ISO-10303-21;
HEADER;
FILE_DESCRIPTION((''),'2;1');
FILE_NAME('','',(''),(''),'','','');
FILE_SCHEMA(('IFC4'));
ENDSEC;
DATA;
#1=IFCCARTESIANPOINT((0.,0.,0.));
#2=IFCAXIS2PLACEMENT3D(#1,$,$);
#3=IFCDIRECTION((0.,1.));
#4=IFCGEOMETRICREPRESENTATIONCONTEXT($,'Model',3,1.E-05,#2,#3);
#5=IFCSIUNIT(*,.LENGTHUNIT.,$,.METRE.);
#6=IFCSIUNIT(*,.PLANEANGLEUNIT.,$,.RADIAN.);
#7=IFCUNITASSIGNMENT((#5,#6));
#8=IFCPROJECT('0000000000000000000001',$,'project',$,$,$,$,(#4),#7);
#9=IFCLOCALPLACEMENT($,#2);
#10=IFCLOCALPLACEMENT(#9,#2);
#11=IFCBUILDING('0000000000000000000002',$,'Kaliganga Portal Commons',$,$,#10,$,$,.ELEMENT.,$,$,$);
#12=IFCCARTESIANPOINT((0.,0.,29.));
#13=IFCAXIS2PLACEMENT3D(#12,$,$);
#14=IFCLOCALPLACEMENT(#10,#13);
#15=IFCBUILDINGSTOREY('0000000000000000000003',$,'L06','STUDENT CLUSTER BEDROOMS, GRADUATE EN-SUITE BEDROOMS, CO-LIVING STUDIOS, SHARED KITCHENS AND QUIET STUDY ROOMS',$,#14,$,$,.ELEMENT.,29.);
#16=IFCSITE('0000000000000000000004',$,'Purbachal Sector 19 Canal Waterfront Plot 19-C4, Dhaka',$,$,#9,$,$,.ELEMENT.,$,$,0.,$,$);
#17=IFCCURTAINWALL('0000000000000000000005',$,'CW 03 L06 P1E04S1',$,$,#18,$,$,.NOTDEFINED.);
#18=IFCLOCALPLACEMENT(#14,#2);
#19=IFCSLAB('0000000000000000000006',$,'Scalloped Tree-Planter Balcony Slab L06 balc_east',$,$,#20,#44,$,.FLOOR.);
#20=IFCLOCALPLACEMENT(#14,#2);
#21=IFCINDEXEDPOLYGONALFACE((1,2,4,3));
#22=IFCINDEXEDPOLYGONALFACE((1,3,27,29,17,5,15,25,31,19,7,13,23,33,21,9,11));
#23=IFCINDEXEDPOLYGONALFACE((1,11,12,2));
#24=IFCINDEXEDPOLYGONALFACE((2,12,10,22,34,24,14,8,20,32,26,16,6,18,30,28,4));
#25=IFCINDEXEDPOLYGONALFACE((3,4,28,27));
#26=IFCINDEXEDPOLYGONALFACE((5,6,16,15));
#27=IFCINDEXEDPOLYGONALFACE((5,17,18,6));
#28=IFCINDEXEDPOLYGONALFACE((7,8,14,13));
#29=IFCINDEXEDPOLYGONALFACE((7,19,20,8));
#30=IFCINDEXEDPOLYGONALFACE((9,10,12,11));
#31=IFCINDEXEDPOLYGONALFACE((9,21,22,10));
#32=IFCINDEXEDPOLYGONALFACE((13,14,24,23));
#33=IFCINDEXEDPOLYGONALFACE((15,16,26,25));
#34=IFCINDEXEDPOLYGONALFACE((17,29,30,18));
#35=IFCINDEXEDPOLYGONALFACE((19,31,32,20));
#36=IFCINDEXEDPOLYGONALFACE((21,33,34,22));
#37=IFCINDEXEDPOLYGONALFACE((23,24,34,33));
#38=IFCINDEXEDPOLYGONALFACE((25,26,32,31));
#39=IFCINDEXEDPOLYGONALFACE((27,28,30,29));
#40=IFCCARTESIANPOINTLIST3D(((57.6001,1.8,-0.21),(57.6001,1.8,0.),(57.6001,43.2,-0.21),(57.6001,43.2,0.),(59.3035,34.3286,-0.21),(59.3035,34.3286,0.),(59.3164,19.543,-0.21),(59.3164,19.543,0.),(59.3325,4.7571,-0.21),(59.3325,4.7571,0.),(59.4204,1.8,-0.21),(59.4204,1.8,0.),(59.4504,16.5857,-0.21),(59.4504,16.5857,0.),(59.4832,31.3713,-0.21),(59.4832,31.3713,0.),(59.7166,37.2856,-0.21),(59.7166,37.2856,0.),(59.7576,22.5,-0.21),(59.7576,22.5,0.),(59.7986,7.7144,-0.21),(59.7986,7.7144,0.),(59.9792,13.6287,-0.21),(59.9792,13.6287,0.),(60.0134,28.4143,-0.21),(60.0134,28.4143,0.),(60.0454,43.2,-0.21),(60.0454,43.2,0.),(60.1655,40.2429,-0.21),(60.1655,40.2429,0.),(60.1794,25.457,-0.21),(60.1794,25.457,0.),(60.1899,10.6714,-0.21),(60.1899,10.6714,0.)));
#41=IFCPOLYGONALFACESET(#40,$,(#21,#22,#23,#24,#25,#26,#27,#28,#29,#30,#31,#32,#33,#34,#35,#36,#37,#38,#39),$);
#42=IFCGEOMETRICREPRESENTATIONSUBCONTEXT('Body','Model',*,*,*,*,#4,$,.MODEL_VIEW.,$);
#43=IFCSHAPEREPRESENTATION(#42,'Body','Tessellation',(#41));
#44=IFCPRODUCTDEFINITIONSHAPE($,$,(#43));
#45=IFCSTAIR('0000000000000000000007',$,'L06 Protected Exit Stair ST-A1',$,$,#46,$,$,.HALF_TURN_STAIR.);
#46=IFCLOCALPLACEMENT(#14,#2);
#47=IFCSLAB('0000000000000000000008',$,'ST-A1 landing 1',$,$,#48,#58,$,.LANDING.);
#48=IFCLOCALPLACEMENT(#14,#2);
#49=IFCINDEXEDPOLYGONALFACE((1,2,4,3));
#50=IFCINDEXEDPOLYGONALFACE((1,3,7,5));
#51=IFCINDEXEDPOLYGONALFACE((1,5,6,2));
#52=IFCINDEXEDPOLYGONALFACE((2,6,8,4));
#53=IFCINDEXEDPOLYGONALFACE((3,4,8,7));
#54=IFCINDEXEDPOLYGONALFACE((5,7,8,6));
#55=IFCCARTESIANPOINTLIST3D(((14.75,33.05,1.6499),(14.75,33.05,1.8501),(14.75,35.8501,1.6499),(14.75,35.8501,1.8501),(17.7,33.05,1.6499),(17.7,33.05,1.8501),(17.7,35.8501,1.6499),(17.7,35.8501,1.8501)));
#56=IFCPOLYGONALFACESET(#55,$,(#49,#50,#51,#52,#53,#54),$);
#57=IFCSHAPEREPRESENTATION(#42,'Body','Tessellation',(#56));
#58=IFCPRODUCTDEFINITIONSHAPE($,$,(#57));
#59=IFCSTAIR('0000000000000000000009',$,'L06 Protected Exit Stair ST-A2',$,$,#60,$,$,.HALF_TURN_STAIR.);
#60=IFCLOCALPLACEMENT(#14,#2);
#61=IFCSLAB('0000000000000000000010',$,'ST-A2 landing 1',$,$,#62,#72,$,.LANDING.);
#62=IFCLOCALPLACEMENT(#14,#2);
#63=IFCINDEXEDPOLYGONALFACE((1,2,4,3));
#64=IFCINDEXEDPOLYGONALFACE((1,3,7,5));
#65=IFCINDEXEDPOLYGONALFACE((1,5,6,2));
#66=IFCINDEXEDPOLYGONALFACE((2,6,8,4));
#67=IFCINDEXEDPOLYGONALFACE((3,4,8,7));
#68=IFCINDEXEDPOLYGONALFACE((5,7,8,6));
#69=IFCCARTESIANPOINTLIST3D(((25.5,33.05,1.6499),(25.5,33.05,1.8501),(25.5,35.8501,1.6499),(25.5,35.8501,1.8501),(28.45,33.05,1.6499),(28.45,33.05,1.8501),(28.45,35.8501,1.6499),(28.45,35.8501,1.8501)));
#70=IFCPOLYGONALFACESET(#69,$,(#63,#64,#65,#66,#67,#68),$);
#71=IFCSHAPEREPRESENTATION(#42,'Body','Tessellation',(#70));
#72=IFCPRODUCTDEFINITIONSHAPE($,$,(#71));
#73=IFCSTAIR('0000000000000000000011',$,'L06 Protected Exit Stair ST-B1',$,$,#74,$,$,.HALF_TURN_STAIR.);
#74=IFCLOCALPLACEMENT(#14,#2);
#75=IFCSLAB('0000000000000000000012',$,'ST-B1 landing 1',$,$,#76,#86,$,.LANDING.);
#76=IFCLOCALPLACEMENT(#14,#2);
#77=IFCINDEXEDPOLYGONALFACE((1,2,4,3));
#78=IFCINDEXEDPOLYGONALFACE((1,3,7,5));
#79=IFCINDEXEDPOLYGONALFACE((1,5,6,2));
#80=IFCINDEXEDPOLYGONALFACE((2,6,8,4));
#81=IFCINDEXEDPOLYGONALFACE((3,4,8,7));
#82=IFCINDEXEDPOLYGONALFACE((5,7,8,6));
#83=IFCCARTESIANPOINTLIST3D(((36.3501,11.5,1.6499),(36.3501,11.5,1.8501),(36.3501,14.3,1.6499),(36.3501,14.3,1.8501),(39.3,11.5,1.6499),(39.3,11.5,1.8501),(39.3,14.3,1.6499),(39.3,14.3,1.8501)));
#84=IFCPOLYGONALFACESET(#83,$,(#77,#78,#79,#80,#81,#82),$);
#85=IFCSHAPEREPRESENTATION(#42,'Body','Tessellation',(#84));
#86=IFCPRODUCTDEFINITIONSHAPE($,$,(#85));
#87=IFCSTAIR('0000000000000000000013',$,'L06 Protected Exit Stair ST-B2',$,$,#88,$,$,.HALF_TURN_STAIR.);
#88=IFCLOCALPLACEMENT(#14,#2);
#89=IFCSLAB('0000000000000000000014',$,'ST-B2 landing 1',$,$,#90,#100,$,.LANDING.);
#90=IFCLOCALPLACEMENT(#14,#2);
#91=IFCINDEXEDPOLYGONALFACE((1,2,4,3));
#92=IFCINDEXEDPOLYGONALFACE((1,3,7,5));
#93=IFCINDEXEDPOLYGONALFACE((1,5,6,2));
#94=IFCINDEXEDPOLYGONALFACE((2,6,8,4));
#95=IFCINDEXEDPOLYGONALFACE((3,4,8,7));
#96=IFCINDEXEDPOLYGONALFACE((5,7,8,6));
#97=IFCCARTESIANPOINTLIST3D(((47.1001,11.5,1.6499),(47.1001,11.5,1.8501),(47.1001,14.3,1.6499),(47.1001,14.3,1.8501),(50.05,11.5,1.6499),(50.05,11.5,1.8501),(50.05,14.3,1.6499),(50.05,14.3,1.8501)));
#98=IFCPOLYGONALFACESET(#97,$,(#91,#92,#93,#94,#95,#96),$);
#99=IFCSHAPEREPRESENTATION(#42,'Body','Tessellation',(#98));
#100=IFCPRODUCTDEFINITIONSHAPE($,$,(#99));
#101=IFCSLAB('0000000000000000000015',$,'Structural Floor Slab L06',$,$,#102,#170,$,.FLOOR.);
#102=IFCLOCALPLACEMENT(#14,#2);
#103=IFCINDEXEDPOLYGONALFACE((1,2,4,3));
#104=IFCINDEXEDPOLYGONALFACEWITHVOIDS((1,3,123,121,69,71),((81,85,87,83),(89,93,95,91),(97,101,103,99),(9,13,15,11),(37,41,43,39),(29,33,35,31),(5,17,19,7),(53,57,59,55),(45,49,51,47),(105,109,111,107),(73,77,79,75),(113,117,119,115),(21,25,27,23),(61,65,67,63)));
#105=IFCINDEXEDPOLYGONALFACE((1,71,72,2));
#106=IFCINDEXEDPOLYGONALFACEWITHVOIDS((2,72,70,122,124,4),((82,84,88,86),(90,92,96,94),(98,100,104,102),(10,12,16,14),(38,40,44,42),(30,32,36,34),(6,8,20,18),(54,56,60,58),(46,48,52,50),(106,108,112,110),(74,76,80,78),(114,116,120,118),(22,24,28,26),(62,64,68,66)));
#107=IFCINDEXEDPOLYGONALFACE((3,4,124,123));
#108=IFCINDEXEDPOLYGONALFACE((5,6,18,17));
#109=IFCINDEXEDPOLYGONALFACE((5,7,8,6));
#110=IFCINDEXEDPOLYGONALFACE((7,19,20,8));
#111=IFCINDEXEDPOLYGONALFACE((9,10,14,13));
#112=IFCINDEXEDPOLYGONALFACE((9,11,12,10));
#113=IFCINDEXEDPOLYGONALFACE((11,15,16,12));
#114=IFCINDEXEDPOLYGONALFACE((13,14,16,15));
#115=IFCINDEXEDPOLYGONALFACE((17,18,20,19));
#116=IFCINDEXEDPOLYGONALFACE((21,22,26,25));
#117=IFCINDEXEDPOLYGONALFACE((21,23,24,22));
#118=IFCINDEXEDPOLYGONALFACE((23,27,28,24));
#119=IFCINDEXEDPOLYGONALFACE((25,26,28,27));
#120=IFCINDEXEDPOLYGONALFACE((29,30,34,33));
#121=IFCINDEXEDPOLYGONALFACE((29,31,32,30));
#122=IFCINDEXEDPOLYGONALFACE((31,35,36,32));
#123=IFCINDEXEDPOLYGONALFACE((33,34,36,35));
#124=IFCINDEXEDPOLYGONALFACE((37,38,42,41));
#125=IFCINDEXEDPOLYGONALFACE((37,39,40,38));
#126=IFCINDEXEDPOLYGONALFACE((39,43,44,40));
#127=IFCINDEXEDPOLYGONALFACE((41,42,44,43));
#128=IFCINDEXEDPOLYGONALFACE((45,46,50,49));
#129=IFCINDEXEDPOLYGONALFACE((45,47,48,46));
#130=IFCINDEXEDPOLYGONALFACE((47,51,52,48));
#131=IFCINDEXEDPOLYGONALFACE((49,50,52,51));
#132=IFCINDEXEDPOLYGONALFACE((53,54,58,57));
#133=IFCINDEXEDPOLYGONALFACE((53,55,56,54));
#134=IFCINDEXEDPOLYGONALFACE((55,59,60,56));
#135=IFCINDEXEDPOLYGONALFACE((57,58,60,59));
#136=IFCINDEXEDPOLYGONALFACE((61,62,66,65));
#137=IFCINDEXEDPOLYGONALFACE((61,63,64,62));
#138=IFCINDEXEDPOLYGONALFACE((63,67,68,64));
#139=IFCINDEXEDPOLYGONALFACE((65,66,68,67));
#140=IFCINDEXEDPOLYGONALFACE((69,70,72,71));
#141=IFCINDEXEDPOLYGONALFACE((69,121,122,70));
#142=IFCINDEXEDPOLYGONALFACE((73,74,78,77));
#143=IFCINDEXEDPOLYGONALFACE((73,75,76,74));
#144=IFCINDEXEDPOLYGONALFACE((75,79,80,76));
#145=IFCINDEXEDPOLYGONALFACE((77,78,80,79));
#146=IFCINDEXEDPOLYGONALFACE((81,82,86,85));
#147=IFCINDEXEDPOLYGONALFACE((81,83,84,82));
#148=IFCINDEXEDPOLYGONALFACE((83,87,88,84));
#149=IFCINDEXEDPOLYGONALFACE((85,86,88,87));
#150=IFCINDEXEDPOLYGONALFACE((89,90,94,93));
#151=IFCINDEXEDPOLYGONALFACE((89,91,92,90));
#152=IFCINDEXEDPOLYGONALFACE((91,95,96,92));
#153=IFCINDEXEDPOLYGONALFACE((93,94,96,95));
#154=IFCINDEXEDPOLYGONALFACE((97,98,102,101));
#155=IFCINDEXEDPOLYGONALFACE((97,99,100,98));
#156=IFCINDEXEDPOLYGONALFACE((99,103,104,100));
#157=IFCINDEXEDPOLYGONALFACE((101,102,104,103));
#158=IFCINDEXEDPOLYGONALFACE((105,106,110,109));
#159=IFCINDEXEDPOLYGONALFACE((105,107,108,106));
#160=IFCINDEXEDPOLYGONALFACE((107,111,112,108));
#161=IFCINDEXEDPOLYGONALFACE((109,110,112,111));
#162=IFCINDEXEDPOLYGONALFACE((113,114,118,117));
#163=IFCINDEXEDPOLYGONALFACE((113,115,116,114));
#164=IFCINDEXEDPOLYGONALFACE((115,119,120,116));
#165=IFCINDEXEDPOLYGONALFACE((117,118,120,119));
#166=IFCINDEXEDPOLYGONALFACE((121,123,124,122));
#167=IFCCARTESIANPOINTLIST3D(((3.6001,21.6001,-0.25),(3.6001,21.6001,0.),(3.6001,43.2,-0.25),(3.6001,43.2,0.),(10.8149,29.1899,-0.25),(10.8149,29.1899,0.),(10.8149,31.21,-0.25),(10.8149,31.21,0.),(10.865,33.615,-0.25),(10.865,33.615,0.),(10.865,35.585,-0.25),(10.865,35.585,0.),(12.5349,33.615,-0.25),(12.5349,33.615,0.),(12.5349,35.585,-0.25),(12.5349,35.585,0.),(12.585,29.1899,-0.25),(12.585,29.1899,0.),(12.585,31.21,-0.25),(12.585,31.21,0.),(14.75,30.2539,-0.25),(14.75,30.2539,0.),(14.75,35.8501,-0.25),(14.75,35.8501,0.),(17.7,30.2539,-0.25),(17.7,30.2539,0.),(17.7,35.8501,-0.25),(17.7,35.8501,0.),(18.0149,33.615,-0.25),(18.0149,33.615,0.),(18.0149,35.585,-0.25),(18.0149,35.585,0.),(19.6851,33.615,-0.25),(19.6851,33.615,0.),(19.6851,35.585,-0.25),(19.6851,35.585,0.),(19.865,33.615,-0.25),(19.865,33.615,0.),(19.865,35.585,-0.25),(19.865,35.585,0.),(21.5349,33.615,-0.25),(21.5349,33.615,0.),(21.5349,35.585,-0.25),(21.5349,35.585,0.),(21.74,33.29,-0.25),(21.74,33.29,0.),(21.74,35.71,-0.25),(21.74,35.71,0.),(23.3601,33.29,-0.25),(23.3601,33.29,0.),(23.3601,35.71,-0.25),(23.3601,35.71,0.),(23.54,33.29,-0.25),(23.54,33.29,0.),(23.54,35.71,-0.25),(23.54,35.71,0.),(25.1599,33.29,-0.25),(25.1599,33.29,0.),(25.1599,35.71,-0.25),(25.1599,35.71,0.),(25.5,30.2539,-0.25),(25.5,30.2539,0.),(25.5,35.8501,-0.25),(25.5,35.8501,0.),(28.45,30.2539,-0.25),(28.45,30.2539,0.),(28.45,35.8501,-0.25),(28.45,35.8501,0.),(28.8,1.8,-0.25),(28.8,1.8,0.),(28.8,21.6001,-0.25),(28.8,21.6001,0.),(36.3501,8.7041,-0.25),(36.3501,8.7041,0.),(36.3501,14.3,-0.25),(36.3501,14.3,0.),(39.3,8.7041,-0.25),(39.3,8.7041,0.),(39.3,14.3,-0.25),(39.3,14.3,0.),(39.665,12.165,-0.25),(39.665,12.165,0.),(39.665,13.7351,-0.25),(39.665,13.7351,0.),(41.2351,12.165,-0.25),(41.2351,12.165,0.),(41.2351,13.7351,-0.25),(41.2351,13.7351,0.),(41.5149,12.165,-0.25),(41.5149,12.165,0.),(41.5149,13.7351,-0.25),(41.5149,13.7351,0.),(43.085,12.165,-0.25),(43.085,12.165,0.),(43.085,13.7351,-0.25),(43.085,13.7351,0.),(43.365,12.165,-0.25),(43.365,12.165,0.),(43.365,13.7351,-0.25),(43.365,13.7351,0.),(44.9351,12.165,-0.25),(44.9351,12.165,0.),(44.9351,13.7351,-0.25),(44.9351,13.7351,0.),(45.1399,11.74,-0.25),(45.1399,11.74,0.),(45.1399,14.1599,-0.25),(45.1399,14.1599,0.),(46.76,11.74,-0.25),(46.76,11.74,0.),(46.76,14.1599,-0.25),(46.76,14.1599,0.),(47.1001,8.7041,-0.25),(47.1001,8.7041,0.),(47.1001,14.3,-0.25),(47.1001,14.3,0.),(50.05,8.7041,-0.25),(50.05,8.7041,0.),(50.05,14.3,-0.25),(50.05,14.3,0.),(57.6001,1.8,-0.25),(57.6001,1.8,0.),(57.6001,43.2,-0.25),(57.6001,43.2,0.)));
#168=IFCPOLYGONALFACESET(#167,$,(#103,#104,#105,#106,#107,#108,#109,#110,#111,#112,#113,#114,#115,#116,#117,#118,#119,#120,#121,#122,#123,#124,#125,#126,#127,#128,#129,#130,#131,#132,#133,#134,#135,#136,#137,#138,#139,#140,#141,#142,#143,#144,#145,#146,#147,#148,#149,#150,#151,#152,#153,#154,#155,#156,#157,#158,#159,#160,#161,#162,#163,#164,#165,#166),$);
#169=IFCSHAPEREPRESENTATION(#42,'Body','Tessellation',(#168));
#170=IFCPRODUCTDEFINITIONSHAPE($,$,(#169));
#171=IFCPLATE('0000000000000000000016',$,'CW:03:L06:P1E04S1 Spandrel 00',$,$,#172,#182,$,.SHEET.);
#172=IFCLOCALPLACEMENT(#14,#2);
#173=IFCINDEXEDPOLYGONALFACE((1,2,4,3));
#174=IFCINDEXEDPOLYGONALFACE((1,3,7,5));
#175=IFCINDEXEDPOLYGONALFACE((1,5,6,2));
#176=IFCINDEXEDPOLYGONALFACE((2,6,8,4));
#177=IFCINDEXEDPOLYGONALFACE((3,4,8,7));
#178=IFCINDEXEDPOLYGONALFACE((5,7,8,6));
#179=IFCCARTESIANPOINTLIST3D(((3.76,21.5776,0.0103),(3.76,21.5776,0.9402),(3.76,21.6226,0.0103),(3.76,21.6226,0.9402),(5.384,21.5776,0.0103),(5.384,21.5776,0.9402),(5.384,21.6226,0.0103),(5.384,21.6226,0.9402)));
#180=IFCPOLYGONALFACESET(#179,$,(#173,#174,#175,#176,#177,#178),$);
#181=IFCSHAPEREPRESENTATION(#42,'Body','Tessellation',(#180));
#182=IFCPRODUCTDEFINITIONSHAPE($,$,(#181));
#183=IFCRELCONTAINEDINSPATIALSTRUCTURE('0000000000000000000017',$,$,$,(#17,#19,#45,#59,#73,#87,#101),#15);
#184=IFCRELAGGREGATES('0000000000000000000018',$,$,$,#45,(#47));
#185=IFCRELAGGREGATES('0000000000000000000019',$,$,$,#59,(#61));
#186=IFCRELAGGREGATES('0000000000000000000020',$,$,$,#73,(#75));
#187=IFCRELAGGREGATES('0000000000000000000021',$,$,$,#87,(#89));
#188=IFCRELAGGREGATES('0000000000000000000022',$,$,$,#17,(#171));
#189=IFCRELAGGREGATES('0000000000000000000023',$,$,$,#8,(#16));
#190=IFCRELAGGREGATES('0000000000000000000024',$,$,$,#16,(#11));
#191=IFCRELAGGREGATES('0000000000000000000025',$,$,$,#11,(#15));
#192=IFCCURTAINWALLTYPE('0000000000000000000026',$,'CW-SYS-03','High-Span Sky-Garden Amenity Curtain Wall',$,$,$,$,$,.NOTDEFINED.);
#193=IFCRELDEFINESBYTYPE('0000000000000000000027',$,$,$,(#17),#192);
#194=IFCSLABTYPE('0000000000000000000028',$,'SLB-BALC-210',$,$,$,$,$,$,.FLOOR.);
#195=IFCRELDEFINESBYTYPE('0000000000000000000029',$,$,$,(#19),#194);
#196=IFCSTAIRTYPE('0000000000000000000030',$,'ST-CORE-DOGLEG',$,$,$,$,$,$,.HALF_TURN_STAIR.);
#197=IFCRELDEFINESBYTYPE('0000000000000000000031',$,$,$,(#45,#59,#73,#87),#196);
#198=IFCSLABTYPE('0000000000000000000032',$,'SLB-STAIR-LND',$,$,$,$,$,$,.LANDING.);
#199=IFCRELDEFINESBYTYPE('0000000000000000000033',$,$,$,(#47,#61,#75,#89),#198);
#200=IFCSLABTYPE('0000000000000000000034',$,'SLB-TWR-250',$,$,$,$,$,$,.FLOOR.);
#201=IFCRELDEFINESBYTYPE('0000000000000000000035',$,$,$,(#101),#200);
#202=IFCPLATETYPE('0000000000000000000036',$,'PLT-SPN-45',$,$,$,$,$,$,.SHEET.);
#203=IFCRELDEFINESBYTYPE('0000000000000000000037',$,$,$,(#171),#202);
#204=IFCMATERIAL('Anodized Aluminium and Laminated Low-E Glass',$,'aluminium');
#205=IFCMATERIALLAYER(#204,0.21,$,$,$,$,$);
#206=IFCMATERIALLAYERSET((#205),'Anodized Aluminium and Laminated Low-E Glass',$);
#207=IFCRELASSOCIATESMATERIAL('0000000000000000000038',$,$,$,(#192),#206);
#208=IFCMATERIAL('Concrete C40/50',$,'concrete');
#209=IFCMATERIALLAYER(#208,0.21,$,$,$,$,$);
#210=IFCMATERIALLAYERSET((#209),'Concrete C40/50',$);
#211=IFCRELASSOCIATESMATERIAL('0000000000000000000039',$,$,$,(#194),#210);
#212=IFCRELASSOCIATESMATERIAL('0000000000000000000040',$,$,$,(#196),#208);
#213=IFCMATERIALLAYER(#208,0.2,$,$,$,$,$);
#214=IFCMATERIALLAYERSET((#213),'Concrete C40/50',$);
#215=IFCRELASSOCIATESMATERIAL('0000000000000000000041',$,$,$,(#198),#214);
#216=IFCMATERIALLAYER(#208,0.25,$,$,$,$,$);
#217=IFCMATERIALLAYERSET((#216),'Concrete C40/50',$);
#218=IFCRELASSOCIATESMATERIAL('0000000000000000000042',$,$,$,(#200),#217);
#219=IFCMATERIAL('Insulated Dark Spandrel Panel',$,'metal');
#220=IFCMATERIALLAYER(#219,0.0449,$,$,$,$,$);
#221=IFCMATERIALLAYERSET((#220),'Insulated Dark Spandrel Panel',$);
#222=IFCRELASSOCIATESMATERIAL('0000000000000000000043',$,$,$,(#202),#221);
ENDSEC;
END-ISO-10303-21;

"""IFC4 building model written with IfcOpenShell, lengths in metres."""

from ifc_helpers import new_model, si_unit, direction, frame, origin, origin_2d, place, context, subcontext, project, spatial, polyline, rectangle, outline, extrude, source, transform, mapped, material, layer, layer_set, type_object, element, aggregate, save


model = new_model("IFC4")

# Units and contexts
model_context = context("Model", 3, precision=1e-05, world=origin(), true_north=direction((0.0, 1.0)))
body_context = subcontext(model_context, "Body", "Model", "MODEL_VIEW")
ifc_project = project(units=[si_unit("LENGTHUNIT", "METRE"), si_unit("PLANEANGLEUNIT", "RADIAN")], contexts=[model_context])

# Site, building, storey
site_placement = place(None, origin())
site = spatial("IfcSite", under=ifc_project, at=site_placement, Name="Purbachal Sector 19 Canal Waterfront Plot 19-C4, Dhaka", CompositionType="ELEMENT", RefElevation=0.0)
building_placement = place(site_placement, origin())
building = spatial("IfcBuilding", under=site, at=building_placement, Name="Kaliganga Portal Commons", CompositionType="ELEMENT")
storey_placement = place(building_placement, frame((0.0, 0.0, 29.0)))
storey = spatial("IfcBuildingStorey", under=building, at=storey_placement, Name="L06", Description="STUDENT CLUSTER BEDROOMS, GRADUATE EN-SUITE BEDROOMS, CO-LIVING STUDIOS, SHARED KITCHENS AND QUIET STUDY ROOMS", CompositionType="ELEMENT", Elevation=29.0)

# Curtain wall
ifc_material_1 = material(Name="Anodized Aluminium and Laminated Low-E Glass", Category="aluminium")
ifc_layer_1 = layer(ifc_material_1, 0.21)
ifc_layer_set_1 = layer_set([ifc_layer_1], Name="Anodized Aluminium and Laminated Low-E Glass")
curtain_wall_type = type_object("IfcCurtainWallType", Name="CW-SYS-03", Description="High-Span Sky-Garden Amenity Curtain Wall", PredefinedType="NOTDEFINED", material=ifc_layer_set_1)
curtain_wall_placement = place(storey_placement, origin())
curtain_wall = element("IfcCurtainWall", 1, at=curtain_wall_placement, inside=storey, type_object=curtain_wall_type, Name="CW 03 L06 P1E04S1", PredefinedType="NOTDEFINED")

# Slab
ifc_material_2 = material(Name="Concrete C40/50", Category="concrete")
ifc_layer_2 = layer(ifc_material_2, 0.21)
ifc_layer_set_2 = layer_set([ifc_layer_2], Name="Concrete C40/50")
slab_type_1 = type_object("IfcSlabType", Name="SLB-BALC-210", PredefinedType="FLOOR", material=ifc_layer_set_2)
slab_1_placement = place(storey_placement, frame((0.0, 0.0, -0.21)))
element("IfcSlab", 2, at=slab_1_placement, inside=storey, type_object=slab_type_1, Name="Scalloped Tree-Planter Balcony Slab L06 balc_east", PredefinedType="FLOOR", context=body_context, shape_type="SweptSolid", body=[
    extrude(outline(polyline([(57.6001, 1.8), (59.4204, 1.8), (59.3325, 4.7571), (59.7986, 7.7144), (60.1899, 10.6714), (59.9792, 13.6287), (59.4504, 16.5857), (59.3164, 19.543), (59.7576, 22.5), (60.1794, 25.457), (60.0134, 28.4143), (59.4832, 31.3713), (59.3035, 34.3286), (59.7166, 37.2856), (60.1655, 40.2429), (60.0454, 43.2), (57.6001, 43.2), (57.6001, 1.8)])), origin(), (0.0, 0.0, 1.0), 0.21),
])

# Stairs, slabs
stair_type = type_object("IfcStairType", Name="ST-CORE-DOGLEG", PredefinedType="HALF_TURN_STAIR", material=ifc_material_2)
stair_1_placement = place(storey_placement, origin())
stair_1 = element("IfcStair", 3, at=stair_1_placement, inside=storey, type_object=stair_type, Name="L06 Protected Exit Stair ST-A1", PredefinedType="HALF_TURN_STAIR")
ifc_layer_3 = layer(ifc_material_2, 0.2)
ifc_layer_set_3 = layer_set([ifc_layer_3], Name="Concrete C40/50")
slab_type_2 = type_object("IfcSlabType", Name="SLB-STAIR-LND", PredefinedType="LANDING", material=ifc_layer_set_3)
slab_2_placement = place(storey_placement, frame((0.0, 0.0, 1.6499)))
slab_2 = element("IfcSlab", 4, at=slab_2_placement, type_object=slab_type_2, Name="ST-A1 landing 1", PredefinedType="LANDING", context=body_context, shape_type="SweptSolid", body=[
    extrude(outline(polyline([(17.7, 33.05), (17.7, 35.8501), (14.75, 35.8501), (14.75, 33.05), (17.7, 33.05)])), origin(), (0.0, 0.0, 1.0), 0.2002),
])
aggregate(stair_1, [slab_2])
stair_2_placement = place(storey_placement, origin())
stair_2 = element("IfcStair", 5, at=stair_2_placement, inside=storey, type_object=stair_type, Name="L06 Protected Exit Stair ST-A2", PredefinedType="HALF_TURN_STAIR")
slab_3_placement = place(storey_placement, frame((0.0, 0.0, 1.6499)))
slab_3 = element("IfcSlab", 6, at=slab_3_placement, type_object=slab_type_2, Name="ST-A2 landing 1", PredefinedType="LANDING", context=body_context, shape_type="SweptSolid", body=[
    extrude(outline(polyline([(28.45, 33.05), (28.45, 35.8501), (25.5, 35.8501), (25.5, 33.05), (28.45, 33.05)])), origin(), (0.0, 0.0, 1.0), 0.2002),
])
aggregate(stair_2, [slab_3])
stair_3_placement = place(storey_placement, origin())
stair_3 = element("IfcStair", 7, at=stair_3_placement, inside=storey, type_object=stair_type, Name="L06 Protected Exit Stair ST-B1", PredefinedType="HALF_TURN_STAIR")
slab_4_placement = place(storey_placement, frame((0.0, 0.0, 1.6499)))
slab_4 = element("IfcSlab", 8, at=slab_4_placement, type_object=slab_type_2, Name="ST-B1 landing 1", PredefinedType="LANDING", context=body_context, shape_type="SweptSolid", body=[
    extrude(outline(polyline([(39.3, 11.5), (39.3, 14.3), (36.3501, 14.3), (36.3501, 11.5), (39.3, 11.5)])), origin(), (0.0, 0.0, 1.0), 0.2002),
])
aggregate(stair_3, [slab_4])
stair_4_placement = place(storey_placement, origin())
stair_4 = element("IfcStair", 9, at=stair_4_placement, inside=storey, type_object=stair_type, Name="L06 Protected Exit Stair ST-B2", PredefinedType="HALF_TURN_STAIR")
slab_5_placement = place(storey_placement, frame((0.0, 0.0, 1.6499)))
slab_5 = element("IfcSlab", 10, at=slab_5_placement, type_object=slab_type_2, Name="ST-B2 landing 1", PredefinedType="LANDING", context=body_context, shape_type="SweptSolid", body=[
    extrude(outline(polyline([(50.05, 11.5), (50.05, 14.3), (47.1001, 14.3), (47.1001, 11.5), (50.05, 11.5)])), origin(), (0.0, 0.0, 1.0), 0.2002),
])
aggregate(stair_4, [slab_5])

# Slab
ifc_layer_4 = layer(ifc_material_2, 0.25)
ifc_layer_set_4 = layer_set([ifc_layer_4], Name="Concrete C40/50")
slab_type_3 = type_object("IfcSlabType", Name="SLB-TWR-250", PredefinedType="FLOOR", material=ifc_layer_set_4)
slab_6_placement = place(storey_placement, frame((0.0, 0.0, -0.25)))
element("IfcSlab", 11, at=slab_6_placement, inside=storey, type_object=slab_type_3, Name="Structural Floor Slab L06", PredefinedType="FLOOR", context=body_context, shape_type="SweptSolid", body=[
    extrude(outline(polyline([(28.8, 1.8), (57.6001, 1.8), (57.6001, 43.2), (3.6001, 43.2), (3.6001, 21.6001), (28.8, 21.6001), (28.8, 1.8)]), holes=[polyline([(14.75, 30.2539), (14.75, 35.8501), (17.7, 35.8501), (17.7, 30.2539), (14.75, 30.2539)]), polyline([(25.5, 30.2539), (25.5, 35.8501), (28.45, 35.8501), (28.45, 30.2539), (25.5, 30.2539)]), polyline([(36.3501, 8.7041), (36.3501, 14.3), (39.3, 14.3), (39.3, 8.7041), (36.3501, 8.7041)]), polyline([(47.1001, 8.7041), (47.1001, 14.3), (50.05, 14.3), (50.05, 8.7041), (47.1001, 8.7041)]), polyline([(18.0149, 33.615), (18.0149, 35.585), (19.6851, 35.585), (19.6851, 33.615), (18.0149, 33.615)]), polyline([(19.865, 33.615), (19.865, 35.585), (21.5349, 35.585), (21.5349, 33.615), (19.865, 33.615)]), polyline([(10.8149, 29.1899), (10.8149, 31.21), (12.585, 31.21), (12.585, 29.1899), (10.8149, 29.1899)]), polyline([(10.865, 33.615), (10.865, 35.585), (12.5349, 35.585), (12.5349, 33.615), (10.865, 33.615)]), polyline([(21.74, 33.29), (21.74, 35.71), (23.3601, 35.71), (23.3601, 33.29), (21.74, 33.29)]), polyline([(23.54, 33.29), (23.54, 35.71), (25.1599, 35.71), (25.1599, 33.29), (23.54, 33.29)]), polyline([(39.665, 12.165), (39.665, 13.7351), (41.2351, 13.7351), (41.2351, 12.165), (39.665, 12.165)]), polyline([(41.5149, 12.165), (41.5149, 13.7351), (43.085, 13.7351), (43.085, 12.165), (41.5149, 12.165)]), polyline([(43.365, 12.165), (43.365, 13.7351), (44.9351, 13.7351), (44.9351, 12.165), (43.365, 12.165)]), polyline([(45.1399, 11.74), (45.1399, 14.1599), (46.76, 14.1599), (46.76, 11.74), (45.1399, 11.74)])]), origin(), (0.0, 0.0, 1.0), 0.25),
])

# Plate
ifc_material_3 = material(Name="Insulated Dark Spandrel Panel", Category="metal")
ifc_layer_5 = layer(ifc_material_3, 0.0449)
ifc_layer_set_5 = layer_set([ifc_layer_5], Name="Insulated Dark Spandrel Panel")
plate_type_1 = type_object("IfcPlateType", Name="PLT-SPN-45", PredefinedType="SHEET", material=ifc_layer_set_5)
shared_shape_1 = source(origin(), body_context, "Body", "SweptSolid", [
    extrude(rectangle(XDim=1.624, YDim=0.0449, at=origin_2d()), origin(), (0.0, 0.0, 1.0), 0.9299),
])
plate_1_placement = place(storey_placement, frame((4.572, 21.6001, 0.0103), z_axis=(0.0, 0.0, 1.0), x_axis=(1.0, 0.0, 0.0)))
plate_1 = element("IfcPlate", 12, at=plate_1_placement, type_object=plate_type_1, Name="CW:03:L06:P1E04S1 Spandrel 00", PredefinedType="SHEET", context=body_context, shape_type="MappedRepresentation", body=[
    mapped(shared_shape_1, transform((0.0, 0.0, 0.0), x_axis=(1.0, 0.0, 0.0), y_axis=(0.0, 1.0, 0.0), z_axis=(0.0, 0.0, 1.0), scale=1.0)),
])
aggregate(curtain_wall, [plate_1])

save(model, "model.ifc")
